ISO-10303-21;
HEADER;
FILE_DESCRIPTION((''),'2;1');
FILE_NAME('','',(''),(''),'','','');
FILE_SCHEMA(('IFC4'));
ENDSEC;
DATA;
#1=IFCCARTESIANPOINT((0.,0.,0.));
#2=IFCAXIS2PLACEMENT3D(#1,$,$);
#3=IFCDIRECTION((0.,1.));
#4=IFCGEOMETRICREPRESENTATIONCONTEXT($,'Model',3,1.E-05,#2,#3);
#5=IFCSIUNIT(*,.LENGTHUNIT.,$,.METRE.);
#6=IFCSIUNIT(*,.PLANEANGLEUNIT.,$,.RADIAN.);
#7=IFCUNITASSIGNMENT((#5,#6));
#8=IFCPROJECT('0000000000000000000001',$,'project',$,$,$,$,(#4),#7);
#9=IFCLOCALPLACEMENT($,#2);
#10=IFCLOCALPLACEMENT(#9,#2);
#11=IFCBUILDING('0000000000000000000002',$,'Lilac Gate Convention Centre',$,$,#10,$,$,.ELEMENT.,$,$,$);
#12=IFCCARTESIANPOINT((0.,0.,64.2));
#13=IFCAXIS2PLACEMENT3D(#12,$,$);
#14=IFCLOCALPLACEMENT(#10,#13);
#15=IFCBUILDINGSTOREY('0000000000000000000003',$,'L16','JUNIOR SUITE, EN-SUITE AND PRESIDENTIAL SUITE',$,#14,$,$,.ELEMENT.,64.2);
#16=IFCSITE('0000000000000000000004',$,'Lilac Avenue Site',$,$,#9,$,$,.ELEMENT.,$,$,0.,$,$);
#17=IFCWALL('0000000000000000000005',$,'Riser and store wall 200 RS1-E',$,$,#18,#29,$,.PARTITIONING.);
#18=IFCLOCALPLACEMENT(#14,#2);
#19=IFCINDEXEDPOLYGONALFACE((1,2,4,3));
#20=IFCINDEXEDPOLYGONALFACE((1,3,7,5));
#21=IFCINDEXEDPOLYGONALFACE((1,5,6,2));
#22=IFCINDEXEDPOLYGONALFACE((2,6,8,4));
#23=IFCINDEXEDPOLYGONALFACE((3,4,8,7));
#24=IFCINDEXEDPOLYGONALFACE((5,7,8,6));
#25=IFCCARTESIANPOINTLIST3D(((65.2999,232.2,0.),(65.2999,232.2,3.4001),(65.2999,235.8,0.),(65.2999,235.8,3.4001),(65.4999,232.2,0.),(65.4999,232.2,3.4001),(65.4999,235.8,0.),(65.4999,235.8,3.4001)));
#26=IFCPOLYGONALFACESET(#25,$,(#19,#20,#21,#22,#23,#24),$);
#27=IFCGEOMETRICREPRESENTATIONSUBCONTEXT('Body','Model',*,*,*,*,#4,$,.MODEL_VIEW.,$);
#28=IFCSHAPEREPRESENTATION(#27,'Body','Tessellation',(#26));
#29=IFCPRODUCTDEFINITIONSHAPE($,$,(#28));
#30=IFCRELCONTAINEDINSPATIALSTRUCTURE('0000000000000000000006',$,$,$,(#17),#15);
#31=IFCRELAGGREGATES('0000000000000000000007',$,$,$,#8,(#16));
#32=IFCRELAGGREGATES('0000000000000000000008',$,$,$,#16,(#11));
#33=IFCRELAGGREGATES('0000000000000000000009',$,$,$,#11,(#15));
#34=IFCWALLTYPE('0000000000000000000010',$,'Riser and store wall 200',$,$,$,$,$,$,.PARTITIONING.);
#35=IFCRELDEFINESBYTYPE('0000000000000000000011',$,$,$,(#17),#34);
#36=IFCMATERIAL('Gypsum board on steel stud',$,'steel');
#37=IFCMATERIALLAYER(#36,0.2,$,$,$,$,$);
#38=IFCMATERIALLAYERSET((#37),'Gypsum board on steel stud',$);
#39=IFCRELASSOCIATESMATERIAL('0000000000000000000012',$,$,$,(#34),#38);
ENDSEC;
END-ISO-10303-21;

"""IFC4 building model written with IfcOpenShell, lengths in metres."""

from ifc_helpers import new_model, si_unit, direction, frame, frame_2d, origin, place, context, subcontext, project, spatial, rectangle, extrude, material, layer, layer_set, type_object, element, save


model = new_model("IFC4")

# Units and contexts
model_context = context("Model", 3, precision=1e-05, world=origin(), true_north=direction((0.0, 1.0)))
body_context = subcontext(model_context, "Body", "Model", "MODEL_VIEW")
ifc_project = project(units=[si_unit("LENGTHUNIT", "METRE"), si_unit("PLANEANGLEUNIT", "RADIAN")], contexts=[model_context])

# Site, building, storey
site_placement = place(None, origin())
site = spatial("IfcSite", under=ifc_project, at=site_placement, Name="Lilac Avenue Site", CompositionType="ELEMENT", RefElevation=0.0)
building_placement = place(site_placement, origin())
building = spatial("IfcBuilding", under=site, at=building_placement, Name="Lilac Gate Convention Centre", CompositionType="ELEMENT")
storey_placement = place(building_placement, frame((0.0, 0.0, 64.2)))
storey = spatial("IfcBuildingStorey", under=building, at=storey_placement, Name="L16", Description="JUNIOR SUITE, EN-SUITE AND PRESIDENTIAL SUITE", CompositionType="ELEMENT", Elevation=64.2)

# Shared definitions
ifc_material_1 = material(Name="Gypsum board on steel stud", Category="steel")
ifc_layer_1 = layer(ifc_material_1, 0.2)
ifc_layer_set_1 = layer_set([ifc_layer_1], Name="Gypsum board on steel stud")
wall_type_1 = type_object("IfcWallType", Name="Riser and store wall 200", PredefinedType="PARTITIONING", material=ifc_layer_set_1)

# Wall
wall_1_placement = place(storey_placement, frame((65.3999, 232.2, 0.0), z_axis=(0.0, 0.0, 1.0), x_axis=(0.0, 1.0, 0.0)))
element("IfcWall", 1, at=wall_1_placement, inside=storey, type_object=wall_type_1, Name="Riser and store wall 200 RS1-E", PredefinedType="PARTITIONING", context=body_context, shape_type="SweptSolid", body=[
    extrude(rectangle(XDim=3.6001, YDim=0.2, at=frame_2d((1.8, 0.0))), origin(), (0.0, 0.0, 1.0), 3.4001),
])

save(model, "model.ifc")
